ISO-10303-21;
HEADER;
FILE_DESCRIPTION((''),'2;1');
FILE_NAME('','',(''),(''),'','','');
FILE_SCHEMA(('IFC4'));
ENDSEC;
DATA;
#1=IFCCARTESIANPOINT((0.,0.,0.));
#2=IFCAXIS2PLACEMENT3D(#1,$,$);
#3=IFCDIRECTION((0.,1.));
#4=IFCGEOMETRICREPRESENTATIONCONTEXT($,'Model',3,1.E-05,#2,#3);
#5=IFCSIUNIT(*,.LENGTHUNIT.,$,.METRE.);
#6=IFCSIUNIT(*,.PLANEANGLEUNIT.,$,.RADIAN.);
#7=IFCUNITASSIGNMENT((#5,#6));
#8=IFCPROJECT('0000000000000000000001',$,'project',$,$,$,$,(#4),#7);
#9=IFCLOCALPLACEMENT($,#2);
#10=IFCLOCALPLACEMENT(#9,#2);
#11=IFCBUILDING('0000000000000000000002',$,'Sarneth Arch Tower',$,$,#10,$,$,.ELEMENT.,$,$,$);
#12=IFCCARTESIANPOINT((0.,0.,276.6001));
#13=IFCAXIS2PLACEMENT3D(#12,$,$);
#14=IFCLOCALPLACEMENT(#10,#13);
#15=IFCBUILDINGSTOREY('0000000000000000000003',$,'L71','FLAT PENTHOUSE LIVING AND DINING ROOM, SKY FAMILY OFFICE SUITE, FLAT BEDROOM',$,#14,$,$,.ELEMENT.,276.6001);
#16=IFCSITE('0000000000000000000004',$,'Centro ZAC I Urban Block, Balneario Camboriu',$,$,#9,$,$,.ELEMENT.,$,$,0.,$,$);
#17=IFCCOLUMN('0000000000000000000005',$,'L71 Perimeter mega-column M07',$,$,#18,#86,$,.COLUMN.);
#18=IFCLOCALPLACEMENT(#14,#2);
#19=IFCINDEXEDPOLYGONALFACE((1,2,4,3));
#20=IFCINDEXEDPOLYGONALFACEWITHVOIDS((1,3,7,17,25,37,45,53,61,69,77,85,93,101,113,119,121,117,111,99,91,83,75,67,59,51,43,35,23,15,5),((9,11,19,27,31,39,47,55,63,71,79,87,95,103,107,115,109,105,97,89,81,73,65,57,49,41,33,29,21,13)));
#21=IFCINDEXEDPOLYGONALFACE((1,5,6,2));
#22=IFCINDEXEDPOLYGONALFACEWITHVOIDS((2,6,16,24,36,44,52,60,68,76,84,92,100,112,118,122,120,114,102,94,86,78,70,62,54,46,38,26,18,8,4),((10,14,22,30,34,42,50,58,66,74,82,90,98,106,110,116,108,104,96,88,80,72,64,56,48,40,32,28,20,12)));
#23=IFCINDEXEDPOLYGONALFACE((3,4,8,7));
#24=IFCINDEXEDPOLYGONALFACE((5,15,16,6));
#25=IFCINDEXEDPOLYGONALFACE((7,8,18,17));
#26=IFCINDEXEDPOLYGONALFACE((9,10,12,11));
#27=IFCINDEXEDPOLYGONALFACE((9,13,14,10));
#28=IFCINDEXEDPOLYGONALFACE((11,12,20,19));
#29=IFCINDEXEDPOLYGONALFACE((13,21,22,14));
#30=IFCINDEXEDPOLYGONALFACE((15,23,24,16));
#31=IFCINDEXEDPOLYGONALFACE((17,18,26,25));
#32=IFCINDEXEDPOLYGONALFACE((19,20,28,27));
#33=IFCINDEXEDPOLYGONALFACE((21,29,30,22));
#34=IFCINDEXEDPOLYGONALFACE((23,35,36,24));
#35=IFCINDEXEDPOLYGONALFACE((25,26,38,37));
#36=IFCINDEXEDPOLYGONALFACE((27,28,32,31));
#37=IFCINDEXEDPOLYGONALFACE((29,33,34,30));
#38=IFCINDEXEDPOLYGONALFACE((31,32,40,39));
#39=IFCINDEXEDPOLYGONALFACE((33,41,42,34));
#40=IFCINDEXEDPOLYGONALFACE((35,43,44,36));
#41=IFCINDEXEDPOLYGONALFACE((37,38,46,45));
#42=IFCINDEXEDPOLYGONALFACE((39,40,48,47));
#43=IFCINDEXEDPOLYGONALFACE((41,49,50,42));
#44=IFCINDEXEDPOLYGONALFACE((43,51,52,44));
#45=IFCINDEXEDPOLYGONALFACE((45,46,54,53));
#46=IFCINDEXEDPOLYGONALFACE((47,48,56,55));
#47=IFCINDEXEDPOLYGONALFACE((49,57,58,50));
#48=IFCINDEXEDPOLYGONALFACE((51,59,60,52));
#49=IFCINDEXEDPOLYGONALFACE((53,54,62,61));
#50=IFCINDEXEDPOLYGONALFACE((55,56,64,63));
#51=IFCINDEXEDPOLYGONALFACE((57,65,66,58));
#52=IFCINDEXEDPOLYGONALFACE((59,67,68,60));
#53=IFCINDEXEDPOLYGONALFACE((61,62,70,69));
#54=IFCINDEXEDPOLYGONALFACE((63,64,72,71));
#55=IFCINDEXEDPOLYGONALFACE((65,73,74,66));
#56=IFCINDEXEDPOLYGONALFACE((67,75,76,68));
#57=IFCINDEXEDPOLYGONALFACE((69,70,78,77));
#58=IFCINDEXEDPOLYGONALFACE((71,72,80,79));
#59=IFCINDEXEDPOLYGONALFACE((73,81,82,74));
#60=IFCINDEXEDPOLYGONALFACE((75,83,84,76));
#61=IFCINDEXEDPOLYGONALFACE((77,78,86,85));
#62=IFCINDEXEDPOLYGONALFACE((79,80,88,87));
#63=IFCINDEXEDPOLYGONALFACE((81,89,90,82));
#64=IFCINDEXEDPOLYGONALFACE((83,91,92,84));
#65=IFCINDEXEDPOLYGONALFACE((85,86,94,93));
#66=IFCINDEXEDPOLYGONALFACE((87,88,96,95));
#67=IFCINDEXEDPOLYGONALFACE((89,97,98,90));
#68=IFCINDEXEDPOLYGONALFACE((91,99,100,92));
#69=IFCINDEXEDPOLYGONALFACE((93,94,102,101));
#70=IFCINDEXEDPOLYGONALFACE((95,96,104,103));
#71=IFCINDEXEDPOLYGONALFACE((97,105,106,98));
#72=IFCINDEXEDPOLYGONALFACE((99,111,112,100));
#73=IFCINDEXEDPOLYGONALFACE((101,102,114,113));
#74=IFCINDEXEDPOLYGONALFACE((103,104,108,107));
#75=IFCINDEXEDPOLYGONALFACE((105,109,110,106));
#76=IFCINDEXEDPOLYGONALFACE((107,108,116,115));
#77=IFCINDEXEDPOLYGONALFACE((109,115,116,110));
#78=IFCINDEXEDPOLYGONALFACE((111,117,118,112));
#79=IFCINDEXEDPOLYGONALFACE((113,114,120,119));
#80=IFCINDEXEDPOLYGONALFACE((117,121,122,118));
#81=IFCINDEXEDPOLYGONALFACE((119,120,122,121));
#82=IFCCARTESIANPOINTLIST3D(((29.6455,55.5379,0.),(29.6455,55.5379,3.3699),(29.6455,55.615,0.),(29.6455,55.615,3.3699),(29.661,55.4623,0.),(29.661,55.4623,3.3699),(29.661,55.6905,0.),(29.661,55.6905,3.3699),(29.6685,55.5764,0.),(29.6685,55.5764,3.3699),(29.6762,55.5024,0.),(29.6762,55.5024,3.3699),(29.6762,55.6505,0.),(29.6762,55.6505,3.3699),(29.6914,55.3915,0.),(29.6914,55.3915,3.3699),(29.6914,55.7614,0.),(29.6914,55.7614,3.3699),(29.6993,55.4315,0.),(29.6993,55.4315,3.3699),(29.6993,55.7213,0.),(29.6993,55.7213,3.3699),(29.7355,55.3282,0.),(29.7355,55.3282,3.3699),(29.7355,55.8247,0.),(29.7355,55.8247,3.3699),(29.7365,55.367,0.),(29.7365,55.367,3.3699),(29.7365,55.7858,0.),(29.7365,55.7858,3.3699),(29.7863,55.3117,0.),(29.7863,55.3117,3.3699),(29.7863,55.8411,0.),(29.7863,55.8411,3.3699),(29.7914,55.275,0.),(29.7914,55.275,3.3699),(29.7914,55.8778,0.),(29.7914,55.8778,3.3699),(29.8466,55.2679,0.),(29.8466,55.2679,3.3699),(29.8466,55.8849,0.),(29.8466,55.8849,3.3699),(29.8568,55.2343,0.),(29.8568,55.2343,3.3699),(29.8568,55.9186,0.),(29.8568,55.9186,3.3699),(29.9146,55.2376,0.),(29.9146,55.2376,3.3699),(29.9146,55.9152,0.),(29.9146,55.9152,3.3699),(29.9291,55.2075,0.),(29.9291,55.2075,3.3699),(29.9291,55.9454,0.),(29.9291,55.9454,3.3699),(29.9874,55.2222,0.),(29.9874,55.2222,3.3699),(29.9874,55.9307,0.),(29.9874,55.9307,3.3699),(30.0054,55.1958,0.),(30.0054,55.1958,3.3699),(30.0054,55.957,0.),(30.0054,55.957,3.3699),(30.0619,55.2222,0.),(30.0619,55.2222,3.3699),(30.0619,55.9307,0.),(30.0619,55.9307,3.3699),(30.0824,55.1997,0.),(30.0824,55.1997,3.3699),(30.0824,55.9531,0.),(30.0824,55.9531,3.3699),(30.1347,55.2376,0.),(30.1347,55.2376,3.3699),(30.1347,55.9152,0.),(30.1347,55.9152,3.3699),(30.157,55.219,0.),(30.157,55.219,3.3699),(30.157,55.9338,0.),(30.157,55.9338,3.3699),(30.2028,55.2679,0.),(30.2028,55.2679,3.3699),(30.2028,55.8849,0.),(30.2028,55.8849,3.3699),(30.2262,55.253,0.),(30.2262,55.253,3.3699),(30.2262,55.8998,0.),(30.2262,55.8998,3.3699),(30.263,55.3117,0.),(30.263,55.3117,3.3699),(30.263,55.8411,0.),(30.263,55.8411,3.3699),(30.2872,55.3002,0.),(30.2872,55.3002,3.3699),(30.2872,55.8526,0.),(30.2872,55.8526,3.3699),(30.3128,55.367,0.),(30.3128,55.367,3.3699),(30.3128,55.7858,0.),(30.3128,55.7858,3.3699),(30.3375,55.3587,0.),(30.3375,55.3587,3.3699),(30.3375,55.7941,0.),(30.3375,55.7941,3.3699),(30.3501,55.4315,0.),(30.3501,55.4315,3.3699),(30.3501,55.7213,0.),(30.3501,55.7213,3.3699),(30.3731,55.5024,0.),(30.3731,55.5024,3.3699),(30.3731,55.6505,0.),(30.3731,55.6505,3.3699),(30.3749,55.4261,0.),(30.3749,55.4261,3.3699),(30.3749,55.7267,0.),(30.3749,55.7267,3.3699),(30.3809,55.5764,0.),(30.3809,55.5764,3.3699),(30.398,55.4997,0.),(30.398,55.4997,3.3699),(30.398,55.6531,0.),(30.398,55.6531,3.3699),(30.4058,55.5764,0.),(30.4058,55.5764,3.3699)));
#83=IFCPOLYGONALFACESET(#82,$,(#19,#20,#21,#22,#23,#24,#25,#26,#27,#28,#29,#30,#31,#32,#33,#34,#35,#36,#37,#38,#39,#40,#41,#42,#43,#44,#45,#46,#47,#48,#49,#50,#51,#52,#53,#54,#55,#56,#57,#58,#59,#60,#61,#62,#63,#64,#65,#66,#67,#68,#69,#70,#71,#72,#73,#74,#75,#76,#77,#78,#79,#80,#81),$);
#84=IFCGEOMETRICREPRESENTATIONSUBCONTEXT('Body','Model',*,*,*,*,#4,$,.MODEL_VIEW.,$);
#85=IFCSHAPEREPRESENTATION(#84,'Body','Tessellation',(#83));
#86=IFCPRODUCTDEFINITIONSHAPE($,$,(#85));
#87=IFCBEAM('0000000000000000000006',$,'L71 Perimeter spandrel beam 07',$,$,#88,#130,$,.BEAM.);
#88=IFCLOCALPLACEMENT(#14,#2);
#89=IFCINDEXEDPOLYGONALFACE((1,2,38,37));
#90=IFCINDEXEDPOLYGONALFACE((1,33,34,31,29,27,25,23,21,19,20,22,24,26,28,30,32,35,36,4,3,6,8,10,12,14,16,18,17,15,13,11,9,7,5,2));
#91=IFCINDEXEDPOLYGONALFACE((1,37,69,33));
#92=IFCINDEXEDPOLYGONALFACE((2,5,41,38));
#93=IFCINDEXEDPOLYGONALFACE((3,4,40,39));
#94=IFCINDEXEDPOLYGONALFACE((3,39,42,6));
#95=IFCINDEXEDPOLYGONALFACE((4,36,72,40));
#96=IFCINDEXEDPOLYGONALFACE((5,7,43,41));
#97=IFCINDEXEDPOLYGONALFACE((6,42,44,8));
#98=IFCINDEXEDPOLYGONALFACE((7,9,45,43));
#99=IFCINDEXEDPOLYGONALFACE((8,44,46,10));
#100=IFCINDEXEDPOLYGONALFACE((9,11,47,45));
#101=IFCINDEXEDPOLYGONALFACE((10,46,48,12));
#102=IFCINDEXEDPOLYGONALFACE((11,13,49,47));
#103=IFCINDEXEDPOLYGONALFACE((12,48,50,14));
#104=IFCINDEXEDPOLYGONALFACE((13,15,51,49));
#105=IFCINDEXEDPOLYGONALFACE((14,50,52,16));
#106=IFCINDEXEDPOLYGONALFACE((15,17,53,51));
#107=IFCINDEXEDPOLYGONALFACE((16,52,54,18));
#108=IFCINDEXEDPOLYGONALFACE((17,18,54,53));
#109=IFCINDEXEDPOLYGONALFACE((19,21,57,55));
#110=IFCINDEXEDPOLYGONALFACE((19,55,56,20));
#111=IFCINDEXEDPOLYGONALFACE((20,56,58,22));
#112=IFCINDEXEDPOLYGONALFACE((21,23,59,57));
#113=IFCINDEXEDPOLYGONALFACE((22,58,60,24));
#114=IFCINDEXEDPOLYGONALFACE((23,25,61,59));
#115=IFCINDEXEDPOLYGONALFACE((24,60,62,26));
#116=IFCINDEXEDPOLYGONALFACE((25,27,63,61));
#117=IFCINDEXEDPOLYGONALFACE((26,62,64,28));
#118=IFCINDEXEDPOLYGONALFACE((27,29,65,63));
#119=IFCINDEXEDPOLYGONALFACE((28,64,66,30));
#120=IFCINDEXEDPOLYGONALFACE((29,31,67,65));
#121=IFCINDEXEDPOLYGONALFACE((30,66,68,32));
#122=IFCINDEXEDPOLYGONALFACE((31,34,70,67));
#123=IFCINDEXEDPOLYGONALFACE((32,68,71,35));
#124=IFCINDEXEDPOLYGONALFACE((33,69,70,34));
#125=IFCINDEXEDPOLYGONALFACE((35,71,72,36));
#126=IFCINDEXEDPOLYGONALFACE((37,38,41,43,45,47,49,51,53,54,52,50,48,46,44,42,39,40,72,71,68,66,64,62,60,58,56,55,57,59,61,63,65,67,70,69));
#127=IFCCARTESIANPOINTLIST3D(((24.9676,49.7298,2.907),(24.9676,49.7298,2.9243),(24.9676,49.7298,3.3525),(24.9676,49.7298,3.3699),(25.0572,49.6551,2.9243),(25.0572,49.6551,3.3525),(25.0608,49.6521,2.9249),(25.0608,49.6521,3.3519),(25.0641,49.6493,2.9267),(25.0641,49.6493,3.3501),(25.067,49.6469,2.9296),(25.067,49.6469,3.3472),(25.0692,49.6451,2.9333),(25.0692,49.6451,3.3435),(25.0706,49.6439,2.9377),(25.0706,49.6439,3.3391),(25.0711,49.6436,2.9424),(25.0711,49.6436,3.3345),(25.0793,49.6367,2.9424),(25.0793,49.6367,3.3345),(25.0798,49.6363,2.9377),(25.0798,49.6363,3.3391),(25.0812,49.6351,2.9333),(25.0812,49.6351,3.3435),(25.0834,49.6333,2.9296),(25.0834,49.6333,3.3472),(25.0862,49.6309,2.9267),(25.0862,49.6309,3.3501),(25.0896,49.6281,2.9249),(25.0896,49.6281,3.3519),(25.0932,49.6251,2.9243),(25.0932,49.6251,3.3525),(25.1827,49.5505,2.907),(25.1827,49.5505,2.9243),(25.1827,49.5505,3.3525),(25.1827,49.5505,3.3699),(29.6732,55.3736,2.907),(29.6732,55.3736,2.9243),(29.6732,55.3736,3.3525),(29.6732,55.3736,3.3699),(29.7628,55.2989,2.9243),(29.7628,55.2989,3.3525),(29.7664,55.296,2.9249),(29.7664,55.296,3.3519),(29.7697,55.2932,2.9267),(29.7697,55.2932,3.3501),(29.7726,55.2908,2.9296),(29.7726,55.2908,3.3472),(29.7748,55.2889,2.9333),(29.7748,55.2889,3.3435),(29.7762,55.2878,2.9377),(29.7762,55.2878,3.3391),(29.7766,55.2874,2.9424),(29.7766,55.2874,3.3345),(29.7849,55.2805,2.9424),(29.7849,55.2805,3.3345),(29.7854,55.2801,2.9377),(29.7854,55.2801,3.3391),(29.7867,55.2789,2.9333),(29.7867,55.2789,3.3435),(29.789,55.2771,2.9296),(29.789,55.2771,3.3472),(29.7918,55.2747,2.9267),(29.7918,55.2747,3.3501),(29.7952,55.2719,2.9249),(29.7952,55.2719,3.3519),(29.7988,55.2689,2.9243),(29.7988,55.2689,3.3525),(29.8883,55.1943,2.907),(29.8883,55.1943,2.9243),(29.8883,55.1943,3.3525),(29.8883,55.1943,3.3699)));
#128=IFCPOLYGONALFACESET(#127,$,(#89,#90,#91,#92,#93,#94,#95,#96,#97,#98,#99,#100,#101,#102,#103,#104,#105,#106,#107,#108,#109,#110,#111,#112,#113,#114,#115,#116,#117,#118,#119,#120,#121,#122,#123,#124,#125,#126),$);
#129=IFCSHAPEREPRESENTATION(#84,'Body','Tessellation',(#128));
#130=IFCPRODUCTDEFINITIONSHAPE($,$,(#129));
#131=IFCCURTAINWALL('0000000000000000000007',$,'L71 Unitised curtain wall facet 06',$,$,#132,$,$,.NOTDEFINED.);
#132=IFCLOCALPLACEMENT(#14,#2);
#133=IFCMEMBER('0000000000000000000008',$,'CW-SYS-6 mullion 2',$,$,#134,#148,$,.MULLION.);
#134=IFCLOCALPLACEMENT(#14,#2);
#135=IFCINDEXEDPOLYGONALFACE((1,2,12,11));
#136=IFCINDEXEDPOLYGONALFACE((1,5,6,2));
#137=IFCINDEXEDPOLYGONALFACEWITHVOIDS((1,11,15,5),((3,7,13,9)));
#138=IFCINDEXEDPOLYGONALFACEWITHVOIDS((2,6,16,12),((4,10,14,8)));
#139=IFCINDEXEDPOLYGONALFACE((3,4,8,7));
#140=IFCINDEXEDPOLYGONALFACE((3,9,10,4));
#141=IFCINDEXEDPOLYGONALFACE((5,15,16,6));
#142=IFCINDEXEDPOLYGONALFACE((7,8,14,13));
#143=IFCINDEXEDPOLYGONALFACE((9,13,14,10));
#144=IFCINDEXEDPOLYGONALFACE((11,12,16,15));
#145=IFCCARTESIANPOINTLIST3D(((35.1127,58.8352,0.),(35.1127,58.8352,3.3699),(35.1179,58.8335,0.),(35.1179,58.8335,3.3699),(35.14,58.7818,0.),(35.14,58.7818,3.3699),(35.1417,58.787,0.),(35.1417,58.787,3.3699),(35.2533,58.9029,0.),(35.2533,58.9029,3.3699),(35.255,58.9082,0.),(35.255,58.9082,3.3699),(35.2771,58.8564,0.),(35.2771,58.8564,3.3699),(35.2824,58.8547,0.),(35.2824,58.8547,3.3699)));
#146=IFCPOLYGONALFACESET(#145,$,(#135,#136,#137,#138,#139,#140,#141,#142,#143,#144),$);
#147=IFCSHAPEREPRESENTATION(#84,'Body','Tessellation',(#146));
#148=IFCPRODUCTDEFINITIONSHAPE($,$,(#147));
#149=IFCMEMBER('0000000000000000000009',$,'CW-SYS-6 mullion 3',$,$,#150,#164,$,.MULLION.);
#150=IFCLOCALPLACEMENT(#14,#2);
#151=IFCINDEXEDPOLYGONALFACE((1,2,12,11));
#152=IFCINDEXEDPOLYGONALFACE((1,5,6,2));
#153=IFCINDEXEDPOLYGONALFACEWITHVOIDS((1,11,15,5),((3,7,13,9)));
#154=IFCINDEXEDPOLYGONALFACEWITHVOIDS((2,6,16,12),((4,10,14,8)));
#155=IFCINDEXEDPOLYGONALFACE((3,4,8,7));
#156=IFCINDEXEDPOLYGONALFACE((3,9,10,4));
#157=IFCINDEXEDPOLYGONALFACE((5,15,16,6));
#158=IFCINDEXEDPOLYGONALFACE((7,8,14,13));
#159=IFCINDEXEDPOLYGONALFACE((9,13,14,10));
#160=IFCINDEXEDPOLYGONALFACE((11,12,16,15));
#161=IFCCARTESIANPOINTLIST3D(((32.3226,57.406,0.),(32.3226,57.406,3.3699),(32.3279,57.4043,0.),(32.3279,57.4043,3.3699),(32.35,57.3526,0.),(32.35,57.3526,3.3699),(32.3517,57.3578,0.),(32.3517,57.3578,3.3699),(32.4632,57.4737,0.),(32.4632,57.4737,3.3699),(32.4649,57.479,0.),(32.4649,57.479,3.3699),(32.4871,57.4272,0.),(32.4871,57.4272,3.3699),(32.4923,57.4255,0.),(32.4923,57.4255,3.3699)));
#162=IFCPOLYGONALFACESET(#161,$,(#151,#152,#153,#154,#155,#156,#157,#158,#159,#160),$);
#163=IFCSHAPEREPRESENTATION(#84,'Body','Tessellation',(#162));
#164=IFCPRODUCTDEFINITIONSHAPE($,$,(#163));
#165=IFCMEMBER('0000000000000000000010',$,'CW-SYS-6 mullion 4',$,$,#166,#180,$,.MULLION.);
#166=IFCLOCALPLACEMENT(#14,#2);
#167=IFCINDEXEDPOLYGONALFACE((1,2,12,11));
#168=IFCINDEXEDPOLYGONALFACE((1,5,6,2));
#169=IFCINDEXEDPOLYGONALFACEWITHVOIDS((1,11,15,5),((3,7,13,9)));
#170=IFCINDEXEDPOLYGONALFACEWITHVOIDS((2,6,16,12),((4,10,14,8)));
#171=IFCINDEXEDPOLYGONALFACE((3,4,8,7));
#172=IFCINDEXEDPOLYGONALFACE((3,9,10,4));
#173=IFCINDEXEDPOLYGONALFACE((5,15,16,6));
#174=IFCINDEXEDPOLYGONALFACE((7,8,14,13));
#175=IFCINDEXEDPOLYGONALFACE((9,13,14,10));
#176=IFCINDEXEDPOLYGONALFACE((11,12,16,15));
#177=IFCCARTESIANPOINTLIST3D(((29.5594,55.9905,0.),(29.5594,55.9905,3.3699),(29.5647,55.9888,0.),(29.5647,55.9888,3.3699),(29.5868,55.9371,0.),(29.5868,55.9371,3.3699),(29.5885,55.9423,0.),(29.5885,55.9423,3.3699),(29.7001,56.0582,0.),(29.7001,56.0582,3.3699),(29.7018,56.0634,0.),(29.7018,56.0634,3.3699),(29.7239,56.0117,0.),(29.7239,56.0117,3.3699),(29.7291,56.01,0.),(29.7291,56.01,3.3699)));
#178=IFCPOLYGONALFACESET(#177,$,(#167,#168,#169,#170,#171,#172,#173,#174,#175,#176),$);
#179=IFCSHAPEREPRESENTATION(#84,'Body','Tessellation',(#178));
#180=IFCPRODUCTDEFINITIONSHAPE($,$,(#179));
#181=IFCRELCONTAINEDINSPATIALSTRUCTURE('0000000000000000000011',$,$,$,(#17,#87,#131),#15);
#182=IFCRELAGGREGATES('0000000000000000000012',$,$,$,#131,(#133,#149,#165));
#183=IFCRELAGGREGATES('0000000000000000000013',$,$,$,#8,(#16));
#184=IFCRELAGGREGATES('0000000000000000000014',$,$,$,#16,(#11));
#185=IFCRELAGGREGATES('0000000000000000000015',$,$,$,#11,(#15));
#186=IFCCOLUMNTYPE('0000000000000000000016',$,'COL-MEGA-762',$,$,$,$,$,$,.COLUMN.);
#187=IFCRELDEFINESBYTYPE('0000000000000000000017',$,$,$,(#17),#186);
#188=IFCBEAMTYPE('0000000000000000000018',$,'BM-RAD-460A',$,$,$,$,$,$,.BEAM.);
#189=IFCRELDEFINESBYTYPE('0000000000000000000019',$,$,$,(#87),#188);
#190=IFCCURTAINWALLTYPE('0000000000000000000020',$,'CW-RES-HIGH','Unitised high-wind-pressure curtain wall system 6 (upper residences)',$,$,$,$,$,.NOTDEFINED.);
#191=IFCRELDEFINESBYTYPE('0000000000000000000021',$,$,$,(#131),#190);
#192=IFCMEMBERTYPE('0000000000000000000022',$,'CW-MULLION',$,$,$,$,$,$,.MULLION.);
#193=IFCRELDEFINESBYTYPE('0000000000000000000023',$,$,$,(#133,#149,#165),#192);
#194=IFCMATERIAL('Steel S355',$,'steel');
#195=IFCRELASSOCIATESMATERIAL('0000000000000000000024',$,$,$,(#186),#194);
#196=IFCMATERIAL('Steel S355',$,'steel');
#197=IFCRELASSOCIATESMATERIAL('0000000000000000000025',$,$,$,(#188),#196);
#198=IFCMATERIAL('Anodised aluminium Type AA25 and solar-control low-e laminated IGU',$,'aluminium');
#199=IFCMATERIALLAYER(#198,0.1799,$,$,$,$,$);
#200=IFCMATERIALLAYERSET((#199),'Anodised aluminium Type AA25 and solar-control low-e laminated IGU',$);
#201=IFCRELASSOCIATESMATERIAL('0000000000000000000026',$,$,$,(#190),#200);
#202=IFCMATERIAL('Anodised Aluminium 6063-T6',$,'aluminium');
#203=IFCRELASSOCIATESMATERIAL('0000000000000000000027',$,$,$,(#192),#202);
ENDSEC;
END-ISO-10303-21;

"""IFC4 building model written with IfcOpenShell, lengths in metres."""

from ifc_helpers import new_model, si_unit, direction, frame, origin, origin_2d, place, context, subcontext, project, spatial, hollow_rectangle, hollow_circle, i_section, extrude, material, layer, layer_set, material_profile, profile_set, type_object, element, aggregate, save


model = new_model("IFC4")

# Units and contexts
model_context = context("Model", 3, precision=1e-05, world=origin(), true_north=direction((0.0, 1.0)))
body_context = subcontext(model_context, "Body", "Model", "MODEL_VIEW")
ifc_project = project(units=[si_unit("LENGTHUNIT", "METRE"), si_unit("PLANEANGLEUNIT", "RADIAN")], contexts=[model_context])

# Site, building, storey
site_placement = place(None, origin())
site = spatial("IfcSite", under=ifc_project, at=site_placement, Name="Centro ZAC I Urban Block, Balneario Camboriu", CompositionType="ELEMENT", RefElevation=0.0)
building_placement = place(site_placement, origin())
building = spatial("IfcBuilding", under=site, at=building_placement, Name="Sarneth Arch Tower", CompositionType="ELEMENT")
storey_placement = place(building_placement, frame((0.0, 0.0, 276.6001)))
storey = spatial("IfcBuildingStorey", under=building, at=storey_placement, Name="L71", Description="FLAT PENTHOUSE LIVING AND DINING ROOM, SKY FAMILY OFFICE SUITE, FLAT BEDROOM", CompositionType="ELEMENT", Elevation=276.6001)

# Column
ifc_material_1 = material(Name="Steel S355", Category="steel")
ifc_material_profile_1 = material_profile(ifc_material_1, hollow_circle(Radius=0.3811, WallThickness=0.0249, at=origin_2d()), Name="CHS762x25")
ifc_profile_set_1 = profile_set([ifc_material_profile_1], Name="Steel S355")
column_type = type_object("IfcColumnType", Name="COL-MEGA-762", PredefinedType="COLUMN", material=ifc_profile_set_1)
column_placement = place(storey_placement, frame((30.0247, 55.5764, 0.0), z_axis=(0.0, 0.0, 1.0), x_axis=(1.0, 0.0, 0.0)))
element("IfcColumn", 1, at=column_placement, inside=storey, type_object=column_type, Name="L71 Perimeter mega-column M07", PredefinedType="COLUMN", context=body_context, shape_type="SweptSolid", body=[
    extrude(hollow_circle(Radius=0.3811, WallThickness=0.0249, at=origin_2d()), origin(), (0.0, 0.0, 1.0), 3.3699),
])

# Beam
ifc_material_2 = material(Name="Steel S355", Category="steel")
ifc_material_profile_2 = material_profile(ifc_material_2, i_section(OverallWidth=0.28, OverallDepth=0.4629, WebThickness=0.0107, FlangeThickness=0.0173, FilletRadius=0.0181, at=origin_2d()), Name="W460x113")
ifc_profile_set_2 = profile_set([ifc_material_profile_2], Name="Steel S355")
beam_type = type_object("IfcBeamType", Name="BM-RAD-460A", PredefinedType="BEAM", material=ifc_profile_set_2)
beam_placement = place(storey_placement, frame((29.7808, 55.2839, 3.1384), z_axis=(-0.640377, -0.768061, 0.0), x_axis=(0.768061, -0.640377, 0.0)))
element("IfcBeam", 2, at=beam_placement, inside=storey, type_object=beam_type, Name="L71 Perimeter spandrel beam 07", PredefinedType="BEAM", context=body_context, shape_type="SweptSolid", body=[
    extrude(i_section(OverallWidth=0.28, OverallDepth=0.4629, WebThickness=0.0107, FlangeThickness=0.0173, FilletRadius=0.0181, at=origin_2d()), origin(), (0.0, 0.0, 1.0), 7.3481),
])

# Curtain wall, members
ifc_material_3 = material(Name="Anodised aluminium Type AA25 and solar-control low-e laminated IGU", Category="aluminium")
ifc_layer_1 = layer(ifc_material_3, 0.1799)
ifc_layer_set_1 = layer_set([ifc_layer_1], Name="Anodised aluminium Type AA25 and solar-control low-e laminated IGU")
curtain_wall_type = type_object("IfcCurtainWallType", Name="CW-RES-HIGH", Description="Unitised high-wind-pressure curtain wall system 6 (upper residences)", PredefinedType="NOTDEFINED", material=ifc_layer_set_1)
curtain_wall_placement = place(storey_placement, origin())
curtain_wall = element("IfcCurtainWall", 3, at=curtain_wall_placement, inside=storey, type_object=curtain_wall_type, Name="L71 Unitised curtain wall facet 06", PredefinedType="NOTDEFINED")
ifc_material_4 = material(Name="Anodised Aluminium 6063-T6", Category="aluminium")
ifc_material_profile_3 = material_profile(ifc_material_4, hollow_rectangle(XDim=0.0601, YDim=0.1599, WallThickness=0.0039, at=origin_2d()), Name="AL-MULL-160x60x4")
ifc_profile_set_3 = profile_set([ifc_material_profile_3], Name="Anodised Aluminium 6063-T6")
member_type_1 = type_object("IfcMemberType", Name="CW-MULLION", PredefinedType="MULLION", material=ifc_profile_set_3)
member_1_placement = place(storey_placement, frame((35.1975, 58.845, 0.0), z_axis=(0.0, 0.0, 1.0), x_axis=(0.455942, -0.89001, 0.0)))
member_1 = element("IfcMember", 4, at=member_1_placement, type_object=member_type_1, Name="CW-SYS-6 mullion 2", PredefinedType="MULLION", context=body_context, shape_type="SweptSolid", body=[
    extrude(hollow_rectangle(XDim=0.0601, YDim=0.1599, WallThickness=0.0039, at=origin_2d()), origin(), (0.0, 0.0, 1.0), 3.3699),
])
member_2_placement = place(storey_placement, frame((32.4075, 57.4158, 0.0), z_axis=(0.0, 0.0, 1.0), x_axis=(0.455942, -0.89001, 0.0)))
member_2 = element("IfcMember", 5, at=member_2_placement, type_object=member_type_1, Name="CW-SYS-6 mullion 3", PredefinedType="MULLION", context=body_context, shape_type="SweptSolid", body=[
    extrude(hollow_rectangle(XDim=0.0601, YDim=0.1599, WallThickness=0.0039, at=origin_2d()), origin(), (0.0, 0.0, 1.0), 3.3699),
])
member_3_placement = place(storey_placement, frame((29.6443, 56.0002, 0.0), z_axis=(0.0, 0.0, 1.0), x_axis=(0.455942, -0.89001, 0.0)))
member_3 = element("IfcMember", 6, at=member_3_placement, type_object=member_type_1, Name="CW-SYS-6 mullion 4", PredefinedType="MULLION", context=body_context, shape_type="SweptSolid", body=[
    extrude(hollow_rectangle(XDim=0.0601, YDim=0.1599, WallThickness=0.0039, at=origin_2d()), origin(), (0.0, 0.0, 1.0), 3.3699),
])

aggregate(curtain_wall, [member_1, member_2, member_3])

save(model, "model.ifc")
